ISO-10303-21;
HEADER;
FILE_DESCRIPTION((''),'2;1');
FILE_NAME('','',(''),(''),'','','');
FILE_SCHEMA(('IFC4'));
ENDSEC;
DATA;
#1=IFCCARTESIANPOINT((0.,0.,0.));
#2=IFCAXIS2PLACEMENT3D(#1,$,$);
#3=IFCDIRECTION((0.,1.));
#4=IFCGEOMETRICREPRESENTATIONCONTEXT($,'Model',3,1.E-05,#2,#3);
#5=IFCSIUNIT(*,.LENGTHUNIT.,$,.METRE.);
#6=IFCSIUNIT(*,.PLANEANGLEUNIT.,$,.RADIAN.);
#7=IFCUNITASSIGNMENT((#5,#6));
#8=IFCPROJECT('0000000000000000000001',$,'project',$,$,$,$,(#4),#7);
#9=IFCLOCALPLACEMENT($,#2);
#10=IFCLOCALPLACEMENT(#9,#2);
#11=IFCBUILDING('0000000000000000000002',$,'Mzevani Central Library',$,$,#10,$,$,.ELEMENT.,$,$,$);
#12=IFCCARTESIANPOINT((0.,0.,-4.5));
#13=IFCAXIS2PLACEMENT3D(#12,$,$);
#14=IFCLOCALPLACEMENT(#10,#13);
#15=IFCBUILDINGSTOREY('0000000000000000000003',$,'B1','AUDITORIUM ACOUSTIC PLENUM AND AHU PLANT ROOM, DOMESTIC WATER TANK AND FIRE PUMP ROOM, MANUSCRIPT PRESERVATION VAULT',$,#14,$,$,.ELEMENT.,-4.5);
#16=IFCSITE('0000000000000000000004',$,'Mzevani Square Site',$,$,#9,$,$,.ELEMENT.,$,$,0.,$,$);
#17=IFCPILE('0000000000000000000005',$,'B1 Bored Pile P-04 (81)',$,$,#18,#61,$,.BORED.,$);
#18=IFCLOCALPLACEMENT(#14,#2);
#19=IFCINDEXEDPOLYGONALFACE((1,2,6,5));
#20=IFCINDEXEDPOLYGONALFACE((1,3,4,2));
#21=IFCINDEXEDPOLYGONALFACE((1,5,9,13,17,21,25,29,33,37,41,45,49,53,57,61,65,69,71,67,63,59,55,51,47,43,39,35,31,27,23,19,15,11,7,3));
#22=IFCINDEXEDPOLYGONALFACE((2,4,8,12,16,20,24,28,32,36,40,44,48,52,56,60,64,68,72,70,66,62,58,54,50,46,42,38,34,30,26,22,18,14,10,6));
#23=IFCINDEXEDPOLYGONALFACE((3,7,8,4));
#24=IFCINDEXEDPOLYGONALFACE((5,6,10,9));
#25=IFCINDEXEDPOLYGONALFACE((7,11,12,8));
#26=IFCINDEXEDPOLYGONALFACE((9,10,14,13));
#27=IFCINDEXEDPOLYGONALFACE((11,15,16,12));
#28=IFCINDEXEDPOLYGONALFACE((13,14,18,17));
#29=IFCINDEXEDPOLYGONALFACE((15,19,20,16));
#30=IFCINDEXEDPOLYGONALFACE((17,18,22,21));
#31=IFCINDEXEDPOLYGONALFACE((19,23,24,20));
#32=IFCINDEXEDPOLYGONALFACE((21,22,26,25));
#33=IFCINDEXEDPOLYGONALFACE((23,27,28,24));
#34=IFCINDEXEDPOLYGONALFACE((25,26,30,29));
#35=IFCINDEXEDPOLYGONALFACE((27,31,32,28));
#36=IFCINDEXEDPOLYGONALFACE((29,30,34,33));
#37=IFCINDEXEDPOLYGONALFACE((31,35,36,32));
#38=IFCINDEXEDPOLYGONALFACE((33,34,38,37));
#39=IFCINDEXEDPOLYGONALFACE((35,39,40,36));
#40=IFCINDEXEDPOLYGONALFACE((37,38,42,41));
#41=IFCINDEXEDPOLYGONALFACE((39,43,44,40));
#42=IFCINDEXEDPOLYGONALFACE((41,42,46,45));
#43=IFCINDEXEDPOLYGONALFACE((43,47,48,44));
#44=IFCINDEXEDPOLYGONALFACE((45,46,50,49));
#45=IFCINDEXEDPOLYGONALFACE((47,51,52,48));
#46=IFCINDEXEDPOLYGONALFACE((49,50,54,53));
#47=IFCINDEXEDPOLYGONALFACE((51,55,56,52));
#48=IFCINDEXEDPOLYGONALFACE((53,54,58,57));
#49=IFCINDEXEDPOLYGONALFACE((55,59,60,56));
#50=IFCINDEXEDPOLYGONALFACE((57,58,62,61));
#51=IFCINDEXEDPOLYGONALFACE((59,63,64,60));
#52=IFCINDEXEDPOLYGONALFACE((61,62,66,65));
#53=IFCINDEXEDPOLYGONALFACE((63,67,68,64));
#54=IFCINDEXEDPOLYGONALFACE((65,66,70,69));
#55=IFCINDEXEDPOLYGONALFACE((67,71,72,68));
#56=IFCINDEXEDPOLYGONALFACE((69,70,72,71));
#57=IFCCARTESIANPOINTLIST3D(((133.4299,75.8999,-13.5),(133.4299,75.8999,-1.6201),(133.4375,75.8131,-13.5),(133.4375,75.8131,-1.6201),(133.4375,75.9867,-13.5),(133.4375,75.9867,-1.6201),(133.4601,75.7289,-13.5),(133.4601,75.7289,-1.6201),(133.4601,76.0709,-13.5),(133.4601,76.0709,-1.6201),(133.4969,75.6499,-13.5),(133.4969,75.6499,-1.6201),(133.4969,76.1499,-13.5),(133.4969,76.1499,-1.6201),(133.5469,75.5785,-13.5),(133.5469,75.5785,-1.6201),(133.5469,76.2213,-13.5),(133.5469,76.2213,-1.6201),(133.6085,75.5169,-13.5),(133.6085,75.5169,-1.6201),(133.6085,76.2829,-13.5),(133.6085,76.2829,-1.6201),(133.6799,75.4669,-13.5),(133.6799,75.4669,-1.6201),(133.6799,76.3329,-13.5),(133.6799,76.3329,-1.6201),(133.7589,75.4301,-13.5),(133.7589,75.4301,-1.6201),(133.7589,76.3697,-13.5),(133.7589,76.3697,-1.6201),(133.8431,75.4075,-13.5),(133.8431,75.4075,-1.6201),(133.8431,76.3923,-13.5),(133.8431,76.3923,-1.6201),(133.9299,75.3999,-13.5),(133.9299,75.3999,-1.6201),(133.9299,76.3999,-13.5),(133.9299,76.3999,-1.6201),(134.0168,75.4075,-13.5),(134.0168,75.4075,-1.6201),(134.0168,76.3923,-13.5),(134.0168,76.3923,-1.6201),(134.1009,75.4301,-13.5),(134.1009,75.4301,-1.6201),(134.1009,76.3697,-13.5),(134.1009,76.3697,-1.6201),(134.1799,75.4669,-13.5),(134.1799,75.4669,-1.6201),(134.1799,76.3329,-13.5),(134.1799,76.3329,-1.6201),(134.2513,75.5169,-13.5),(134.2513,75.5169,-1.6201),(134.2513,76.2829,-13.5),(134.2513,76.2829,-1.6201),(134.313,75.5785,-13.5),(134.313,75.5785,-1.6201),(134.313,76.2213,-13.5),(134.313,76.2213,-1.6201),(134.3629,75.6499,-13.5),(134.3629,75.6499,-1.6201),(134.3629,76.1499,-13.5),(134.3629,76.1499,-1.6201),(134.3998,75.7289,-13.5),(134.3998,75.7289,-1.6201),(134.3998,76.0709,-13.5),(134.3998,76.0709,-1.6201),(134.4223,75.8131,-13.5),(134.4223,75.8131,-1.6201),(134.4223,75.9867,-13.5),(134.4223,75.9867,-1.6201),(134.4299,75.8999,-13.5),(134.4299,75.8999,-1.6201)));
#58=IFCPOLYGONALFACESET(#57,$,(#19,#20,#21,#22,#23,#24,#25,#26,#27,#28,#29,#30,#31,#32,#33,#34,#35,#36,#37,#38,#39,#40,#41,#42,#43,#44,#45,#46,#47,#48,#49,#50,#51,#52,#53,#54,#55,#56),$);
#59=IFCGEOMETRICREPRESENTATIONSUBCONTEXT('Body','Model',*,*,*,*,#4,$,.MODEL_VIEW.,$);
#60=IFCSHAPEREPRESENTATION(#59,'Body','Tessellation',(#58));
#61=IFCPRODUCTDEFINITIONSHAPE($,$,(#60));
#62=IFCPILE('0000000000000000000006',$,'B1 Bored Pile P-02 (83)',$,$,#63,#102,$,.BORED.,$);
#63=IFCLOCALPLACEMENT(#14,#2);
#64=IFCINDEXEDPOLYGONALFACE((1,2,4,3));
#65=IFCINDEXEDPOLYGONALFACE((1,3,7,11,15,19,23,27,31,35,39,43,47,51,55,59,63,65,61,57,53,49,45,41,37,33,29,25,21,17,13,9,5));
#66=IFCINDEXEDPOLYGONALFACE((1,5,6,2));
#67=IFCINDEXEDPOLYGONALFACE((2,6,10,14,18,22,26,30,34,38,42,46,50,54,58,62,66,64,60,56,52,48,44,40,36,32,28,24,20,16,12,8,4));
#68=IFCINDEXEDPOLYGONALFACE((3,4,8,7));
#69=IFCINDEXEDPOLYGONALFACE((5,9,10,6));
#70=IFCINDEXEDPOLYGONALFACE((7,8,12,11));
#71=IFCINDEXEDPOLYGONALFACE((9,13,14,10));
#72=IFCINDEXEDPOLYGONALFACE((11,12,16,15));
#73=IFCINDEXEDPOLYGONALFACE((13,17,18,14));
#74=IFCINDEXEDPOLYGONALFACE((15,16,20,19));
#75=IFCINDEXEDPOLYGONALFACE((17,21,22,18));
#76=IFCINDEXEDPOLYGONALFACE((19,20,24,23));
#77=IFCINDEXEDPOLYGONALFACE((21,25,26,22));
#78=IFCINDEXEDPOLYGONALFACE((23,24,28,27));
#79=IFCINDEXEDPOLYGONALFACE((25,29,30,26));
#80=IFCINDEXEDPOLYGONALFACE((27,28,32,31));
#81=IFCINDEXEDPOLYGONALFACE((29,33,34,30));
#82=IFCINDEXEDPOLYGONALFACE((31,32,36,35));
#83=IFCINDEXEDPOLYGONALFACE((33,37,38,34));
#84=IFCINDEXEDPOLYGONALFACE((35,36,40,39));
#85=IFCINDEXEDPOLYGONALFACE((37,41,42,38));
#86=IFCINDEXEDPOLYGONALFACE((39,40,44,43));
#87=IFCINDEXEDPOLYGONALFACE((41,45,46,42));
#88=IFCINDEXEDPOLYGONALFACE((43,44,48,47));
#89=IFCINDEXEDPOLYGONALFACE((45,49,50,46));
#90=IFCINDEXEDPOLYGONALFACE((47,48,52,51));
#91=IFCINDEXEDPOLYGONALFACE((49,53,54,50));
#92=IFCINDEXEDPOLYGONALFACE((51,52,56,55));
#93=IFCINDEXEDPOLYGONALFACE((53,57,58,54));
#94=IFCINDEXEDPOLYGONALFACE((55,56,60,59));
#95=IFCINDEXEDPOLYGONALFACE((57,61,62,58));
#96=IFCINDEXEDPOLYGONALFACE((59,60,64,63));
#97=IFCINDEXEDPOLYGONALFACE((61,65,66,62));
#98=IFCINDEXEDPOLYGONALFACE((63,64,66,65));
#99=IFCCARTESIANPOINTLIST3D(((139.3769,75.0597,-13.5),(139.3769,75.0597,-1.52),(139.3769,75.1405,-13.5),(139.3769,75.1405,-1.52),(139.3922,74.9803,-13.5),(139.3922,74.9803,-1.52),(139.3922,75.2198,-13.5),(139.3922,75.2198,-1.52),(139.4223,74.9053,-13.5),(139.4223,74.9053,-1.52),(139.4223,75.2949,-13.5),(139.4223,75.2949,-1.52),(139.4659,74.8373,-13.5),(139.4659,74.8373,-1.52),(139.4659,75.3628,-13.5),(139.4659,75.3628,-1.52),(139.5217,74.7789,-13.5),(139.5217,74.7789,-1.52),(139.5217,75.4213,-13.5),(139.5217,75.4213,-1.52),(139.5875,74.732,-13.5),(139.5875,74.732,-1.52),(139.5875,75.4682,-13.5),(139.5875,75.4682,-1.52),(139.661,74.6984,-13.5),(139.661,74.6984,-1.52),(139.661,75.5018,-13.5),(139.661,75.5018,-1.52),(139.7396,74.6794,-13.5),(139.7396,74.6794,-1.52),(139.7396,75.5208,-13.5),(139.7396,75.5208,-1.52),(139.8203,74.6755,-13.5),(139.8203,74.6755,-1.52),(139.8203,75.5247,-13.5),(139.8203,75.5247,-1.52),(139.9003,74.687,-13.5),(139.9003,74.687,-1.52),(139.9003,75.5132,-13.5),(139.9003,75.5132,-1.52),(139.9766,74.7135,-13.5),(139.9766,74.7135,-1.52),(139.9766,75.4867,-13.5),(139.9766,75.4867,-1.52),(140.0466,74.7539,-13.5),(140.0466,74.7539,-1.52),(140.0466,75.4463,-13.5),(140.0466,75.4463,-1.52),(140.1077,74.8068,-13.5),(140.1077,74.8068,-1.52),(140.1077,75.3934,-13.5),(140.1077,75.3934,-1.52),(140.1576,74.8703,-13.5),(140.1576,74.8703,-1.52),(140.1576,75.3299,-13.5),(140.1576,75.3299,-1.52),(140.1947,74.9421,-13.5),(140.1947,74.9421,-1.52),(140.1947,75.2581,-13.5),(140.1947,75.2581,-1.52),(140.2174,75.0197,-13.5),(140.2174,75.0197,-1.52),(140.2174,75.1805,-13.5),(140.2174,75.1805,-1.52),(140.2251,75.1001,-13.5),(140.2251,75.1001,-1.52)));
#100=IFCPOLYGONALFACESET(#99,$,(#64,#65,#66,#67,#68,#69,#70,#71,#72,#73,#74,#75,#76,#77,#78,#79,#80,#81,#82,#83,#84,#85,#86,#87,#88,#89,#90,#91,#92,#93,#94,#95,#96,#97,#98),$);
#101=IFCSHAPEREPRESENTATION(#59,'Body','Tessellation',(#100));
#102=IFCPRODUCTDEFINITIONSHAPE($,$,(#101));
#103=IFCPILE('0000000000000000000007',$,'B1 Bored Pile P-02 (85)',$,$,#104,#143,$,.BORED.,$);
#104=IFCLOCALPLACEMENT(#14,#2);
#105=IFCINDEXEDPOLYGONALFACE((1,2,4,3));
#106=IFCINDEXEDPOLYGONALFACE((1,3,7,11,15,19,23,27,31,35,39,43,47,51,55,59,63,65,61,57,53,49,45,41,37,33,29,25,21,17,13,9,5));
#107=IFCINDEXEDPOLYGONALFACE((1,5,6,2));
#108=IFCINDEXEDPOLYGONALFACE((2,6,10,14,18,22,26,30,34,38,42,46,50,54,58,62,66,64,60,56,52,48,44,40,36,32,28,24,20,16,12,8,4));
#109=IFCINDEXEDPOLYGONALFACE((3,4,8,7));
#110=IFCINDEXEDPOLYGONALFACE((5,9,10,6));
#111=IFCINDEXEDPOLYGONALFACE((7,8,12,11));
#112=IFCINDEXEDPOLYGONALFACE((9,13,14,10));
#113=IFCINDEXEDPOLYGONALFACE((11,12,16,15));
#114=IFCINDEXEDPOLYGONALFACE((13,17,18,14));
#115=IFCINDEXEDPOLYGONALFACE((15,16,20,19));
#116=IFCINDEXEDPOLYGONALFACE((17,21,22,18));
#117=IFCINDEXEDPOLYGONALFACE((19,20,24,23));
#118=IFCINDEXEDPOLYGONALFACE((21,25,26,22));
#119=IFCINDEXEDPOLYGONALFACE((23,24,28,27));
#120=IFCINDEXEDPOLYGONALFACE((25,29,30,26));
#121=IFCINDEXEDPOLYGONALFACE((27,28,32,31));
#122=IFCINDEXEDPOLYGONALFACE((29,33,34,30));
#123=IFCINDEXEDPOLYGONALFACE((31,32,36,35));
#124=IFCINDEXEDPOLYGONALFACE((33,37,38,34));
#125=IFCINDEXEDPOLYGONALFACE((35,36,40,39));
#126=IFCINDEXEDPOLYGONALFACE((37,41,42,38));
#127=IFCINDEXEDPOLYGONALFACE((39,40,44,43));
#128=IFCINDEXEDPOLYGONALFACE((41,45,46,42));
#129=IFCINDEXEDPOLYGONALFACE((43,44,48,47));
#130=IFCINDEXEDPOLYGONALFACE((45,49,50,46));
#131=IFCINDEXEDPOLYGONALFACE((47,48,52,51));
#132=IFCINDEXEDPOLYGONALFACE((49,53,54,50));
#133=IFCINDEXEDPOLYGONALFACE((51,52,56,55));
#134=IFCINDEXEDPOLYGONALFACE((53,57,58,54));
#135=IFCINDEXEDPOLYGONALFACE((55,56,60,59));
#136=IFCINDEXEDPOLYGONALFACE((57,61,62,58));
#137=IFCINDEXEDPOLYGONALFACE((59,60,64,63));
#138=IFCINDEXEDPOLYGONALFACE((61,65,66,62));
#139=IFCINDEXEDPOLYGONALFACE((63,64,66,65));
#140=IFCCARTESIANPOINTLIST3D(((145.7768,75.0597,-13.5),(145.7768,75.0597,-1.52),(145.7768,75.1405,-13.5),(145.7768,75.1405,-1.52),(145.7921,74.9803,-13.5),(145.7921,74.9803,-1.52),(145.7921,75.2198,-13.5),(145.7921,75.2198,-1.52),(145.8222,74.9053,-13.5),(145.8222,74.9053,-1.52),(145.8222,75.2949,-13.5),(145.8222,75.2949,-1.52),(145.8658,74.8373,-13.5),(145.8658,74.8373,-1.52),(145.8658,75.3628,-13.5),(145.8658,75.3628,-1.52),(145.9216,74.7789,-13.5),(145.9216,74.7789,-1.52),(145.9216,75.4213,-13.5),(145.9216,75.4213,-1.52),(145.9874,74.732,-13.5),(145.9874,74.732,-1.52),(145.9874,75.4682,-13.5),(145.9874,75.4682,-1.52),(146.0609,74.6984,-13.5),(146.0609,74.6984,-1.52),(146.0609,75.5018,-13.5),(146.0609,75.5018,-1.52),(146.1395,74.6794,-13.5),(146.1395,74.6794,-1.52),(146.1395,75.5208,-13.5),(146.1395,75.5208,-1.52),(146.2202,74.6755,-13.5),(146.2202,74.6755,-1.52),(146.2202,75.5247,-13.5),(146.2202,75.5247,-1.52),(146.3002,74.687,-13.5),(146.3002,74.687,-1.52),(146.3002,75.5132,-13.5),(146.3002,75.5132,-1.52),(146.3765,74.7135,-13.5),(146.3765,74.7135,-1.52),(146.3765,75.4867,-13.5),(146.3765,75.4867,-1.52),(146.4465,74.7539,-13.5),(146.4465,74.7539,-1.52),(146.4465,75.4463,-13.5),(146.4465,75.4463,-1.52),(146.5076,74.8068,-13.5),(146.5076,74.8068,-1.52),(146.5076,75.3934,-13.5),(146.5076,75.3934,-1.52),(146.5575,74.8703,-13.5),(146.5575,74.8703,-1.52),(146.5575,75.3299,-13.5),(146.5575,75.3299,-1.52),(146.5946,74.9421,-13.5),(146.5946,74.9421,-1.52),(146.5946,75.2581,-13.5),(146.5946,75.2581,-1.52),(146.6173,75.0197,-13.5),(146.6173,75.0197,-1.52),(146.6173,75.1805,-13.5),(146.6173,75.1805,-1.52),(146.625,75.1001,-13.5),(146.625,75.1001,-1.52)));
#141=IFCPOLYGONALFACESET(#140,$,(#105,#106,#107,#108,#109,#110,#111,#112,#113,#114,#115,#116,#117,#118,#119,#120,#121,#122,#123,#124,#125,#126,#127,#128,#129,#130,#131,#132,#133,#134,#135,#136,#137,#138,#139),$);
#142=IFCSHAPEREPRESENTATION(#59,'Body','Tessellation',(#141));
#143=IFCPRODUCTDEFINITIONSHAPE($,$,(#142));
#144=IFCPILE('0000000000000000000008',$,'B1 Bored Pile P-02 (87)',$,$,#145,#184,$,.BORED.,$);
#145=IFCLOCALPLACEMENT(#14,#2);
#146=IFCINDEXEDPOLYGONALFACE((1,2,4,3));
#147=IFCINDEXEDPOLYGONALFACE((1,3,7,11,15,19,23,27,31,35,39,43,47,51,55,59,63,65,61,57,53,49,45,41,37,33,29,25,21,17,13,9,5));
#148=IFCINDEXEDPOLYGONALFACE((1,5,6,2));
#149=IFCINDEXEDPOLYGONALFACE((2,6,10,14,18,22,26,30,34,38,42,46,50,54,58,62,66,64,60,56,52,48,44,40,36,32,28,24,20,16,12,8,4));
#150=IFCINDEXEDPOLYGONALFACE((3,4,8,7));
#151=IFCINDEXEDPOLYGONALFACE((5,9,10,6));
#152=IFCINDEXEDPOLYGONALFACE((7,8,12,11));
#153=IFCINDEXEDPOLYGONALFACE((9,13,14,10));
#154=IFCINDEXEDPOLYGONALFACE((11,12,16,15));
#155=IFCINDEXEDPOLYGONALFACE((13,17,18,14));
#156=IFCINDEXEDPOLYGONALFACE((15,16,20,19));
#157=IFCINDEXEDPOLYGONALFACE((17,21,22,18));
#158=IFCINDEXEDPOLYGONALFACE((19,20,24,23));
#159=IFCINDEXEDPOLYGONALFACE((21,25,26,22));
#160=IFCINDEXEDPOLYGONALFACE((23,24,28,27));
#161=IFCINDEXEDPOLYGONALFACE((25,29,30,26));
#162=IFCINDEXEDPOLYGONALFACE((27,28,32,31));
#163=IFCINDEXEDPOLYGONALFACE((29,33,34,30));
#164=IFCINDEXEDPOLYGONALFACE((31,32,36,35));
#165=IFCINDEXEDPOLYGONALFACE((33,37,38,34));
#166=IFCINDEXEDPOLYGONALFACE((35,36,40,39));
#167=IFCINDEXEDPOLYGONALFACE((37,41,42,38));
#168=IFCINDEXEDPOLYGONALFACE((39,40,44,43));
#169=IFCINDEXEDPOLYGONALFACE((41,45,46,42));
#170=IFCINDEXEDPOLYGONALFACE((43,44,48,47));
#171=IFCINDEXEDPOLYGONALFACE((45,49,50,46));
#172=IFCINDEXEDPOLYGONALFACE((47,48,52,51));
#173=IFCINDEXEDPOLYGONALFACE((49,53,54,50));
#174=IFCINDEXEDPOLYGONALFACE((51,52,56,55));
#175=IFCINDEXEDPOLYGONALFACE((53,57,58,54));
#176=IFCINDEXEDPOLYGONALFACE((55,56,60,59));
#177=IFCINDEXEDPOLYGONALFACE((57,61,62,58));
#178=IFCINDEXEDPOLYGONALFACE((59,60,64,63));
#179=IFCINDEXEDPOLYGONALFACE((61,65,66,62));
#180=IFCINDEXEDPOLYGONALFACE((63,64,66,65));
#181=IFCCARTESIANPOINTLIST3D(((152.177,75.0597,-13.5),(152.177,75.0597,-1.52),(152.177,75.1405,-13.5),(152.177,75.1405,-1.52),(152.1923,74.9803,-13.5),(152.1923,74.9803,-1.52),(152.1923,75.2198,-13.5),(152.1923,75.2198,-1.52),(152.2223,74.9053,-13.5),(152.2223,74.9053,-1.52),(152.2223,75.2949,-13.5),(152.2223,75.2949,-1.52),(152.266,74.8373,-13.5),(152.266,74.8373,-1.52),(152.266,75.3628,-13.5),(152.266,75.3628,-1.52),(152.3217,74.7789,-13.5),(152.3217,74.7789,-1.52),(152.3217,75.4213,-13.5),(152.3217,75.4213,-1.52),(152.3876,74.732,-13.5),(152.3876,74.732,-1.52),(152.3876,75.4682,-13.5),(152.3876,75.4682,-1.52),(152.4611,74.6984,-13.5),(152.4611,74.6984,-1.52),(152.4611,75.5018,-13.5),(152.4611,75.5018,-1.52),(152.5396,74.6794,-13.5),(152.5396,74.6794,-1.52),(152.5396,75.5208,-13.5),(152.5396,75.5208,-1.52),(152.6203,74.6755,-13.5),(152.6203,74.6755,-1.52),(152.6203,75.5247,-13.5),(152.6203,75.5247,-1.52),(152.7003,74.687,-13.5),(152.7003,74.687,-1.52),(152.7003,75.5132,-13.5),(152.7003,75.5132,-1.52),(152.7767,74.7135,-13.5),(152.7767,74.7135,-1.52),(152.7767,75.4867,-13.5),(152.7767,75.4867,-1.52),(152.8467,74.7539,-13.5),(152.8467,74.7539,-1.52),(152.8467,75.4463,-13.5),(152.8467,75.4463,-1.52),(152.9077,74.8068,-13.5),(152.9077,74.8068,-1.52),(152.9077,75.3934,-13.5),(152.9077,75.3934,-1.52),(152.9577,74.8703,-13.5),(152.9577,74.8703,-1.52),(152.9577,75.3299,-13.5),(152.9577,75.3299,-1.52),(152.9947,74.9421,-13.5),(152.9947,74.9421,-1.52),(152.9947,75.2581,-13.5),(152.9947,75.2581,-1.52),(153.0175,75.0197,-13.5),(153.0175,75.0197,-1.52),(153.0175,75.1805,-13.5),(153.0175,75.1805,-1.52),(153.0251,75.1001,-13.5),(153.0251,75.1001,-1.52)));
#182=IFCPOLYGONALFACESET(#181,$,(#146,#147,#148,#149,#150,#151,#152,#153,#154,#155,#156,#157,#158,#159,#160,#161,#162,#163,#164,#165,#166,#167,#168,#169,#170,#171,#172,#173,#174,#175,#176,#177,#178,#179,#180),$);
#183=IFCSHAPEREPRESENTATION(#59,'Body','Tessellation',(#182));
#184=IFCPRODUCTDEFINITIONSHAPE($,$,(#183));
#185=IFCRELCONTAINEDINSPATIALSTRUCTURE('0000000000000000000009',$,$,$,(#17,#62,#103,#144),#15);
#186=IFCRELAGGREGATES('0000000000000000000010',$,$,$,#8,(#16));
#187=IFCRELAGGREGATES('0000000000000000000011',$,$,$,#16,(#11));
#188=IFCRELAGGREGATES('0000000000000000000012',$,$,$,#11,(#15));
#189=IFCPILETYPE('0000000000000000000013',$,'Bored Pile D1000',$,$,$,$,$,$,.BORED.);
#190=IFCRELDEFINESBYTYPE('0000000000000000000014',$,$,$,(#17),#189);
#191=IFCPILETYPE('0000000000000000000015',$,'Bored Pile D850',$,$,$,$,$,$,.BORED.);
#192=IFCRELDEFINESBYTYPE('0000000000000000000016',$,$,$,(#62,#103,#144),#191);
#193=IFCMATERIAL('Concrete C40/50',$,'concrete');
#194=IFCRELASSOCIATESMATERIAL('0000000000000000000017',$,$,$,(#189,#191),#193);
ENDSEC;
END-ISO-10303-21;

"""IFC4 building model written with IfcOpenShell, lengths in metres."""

from ifc_helpers import new_model, si_unit, direction, frame, origin, origin_2d, place, context, subcontext, project, spatial, circle, extrude, material, material_profile, profile_set, type_object, element, save


model = new_model("IFC4")

# Units and contexts
model_context = context("Model", 3, precision=1e-05, world=origin(), true_north=direction((0.0, 1.0)))
body_context = subcontext(model_context, "Body", "Model", "MODEL_VIEW")
ifc_project = project(units=[si_unit("LENGTHUNIT", "METRE"), si_unit("PLANEANGLEUNIT", "RADIAN")], contexts=[model_context])

# Site, building, storey
site_placement = place(None, origin())
site = spatial("IfcSite", under=ifc_project, at=site_placement, Name="Mzevani Square Site", CompositionType="ELEMENT", RefElevation=0.0)
building_placement = place(site_placement, origin())
building = spatial("IfcBuilding", under=site, at=building_placement, Name="Mzevani Central Library", CompositionType="ELEMENT")
storey_placement = place(building_placement, frame((0.0, 0.0, -4.5)))
storey = spatial("IfcBuildingStorey", under=building, at=storey_placement, Name="B1", Description="AUDITORIUM ACOUSTIC PLENUM AND AHU PLANT ROOM, DOMESTIC WATER TANK AND FIRE PUMP ROOM, MANUSCRIPT PRESERVATION VAULT", CompositionType="ELEMENT", Elevation=-4.5)

# Piles
ifc_material_1 = material(Name="Concrete C40/50", Category="concrete")
ifc_material_profile_1 = material_profile(ifc_material_1, circle(Radius=0.5, at=origin_2d()), Name="PILE D1000")
ifc_profile_set_1 = profile_set([ifc_material_profile_1], Name="Concrete C40/50")
pile_type_1 = type_object("IfcPileType", Name="Bored Pile D1000", PredefinedType="BORED", material=ifc_profile_set_1)
pile_placement = place(storey_placement, frame((133.9299, 75.8999, -1.6201), z_axis=(0.0, 0.0, -1.0), x_axis=(1.0, 0.0, 0.0)))
element("IfcPile", 1, at=pile_placement, inside=storey, type_object=pile_type_1, Name="B1 Bored Pile P-04 (81)", PredefinedType="BORED", context=body_context, shape_type="SweptSolid", body=[
    extrude(circle(Radius=0.5, at=origin_2d()), origin(), (0.0, 0.0, 1.0), 11.8799),
])
ifc_material_profile_2 = material_profile(ifc_material_1, circle(Radius=0.425, at=origin_2d()), Name="PILE D850")
ifc_profile_set_2 = profile_set([ifc_material_profile_2], Name="Concrete C40/50")
pile_type_2 = type_object("IfcPileType", Name="Bored Pile D850", PredefinedType="BORED", material=ifc_profile_set_2)
for number, where, z_axis, x_axis, name in (
    (2, (139.8, 75.1001, -1.52), (0.0, 0.0, -1.0), (1.0, 0.0, 0.0), "B1 Bored Pile P-02 (83)"),
    (3, (146.2, 75.1001, -1.52), (0.0, 0.0, -1.0), (1.0, 0.0, 0.0), "B1 Bored Pile P-02 (85)"),
    (4, (152.6001, 75.1001, -1.52), (0.0, 0.0, -1.0), (1.0, 0.0, 0.0), "B1 Bored Pile P-02 (87)"),
):
    element("IfcPile", number, at=place(storey_placement, frame(where, z_axis=z_axis, x_axis=x_axis)), inside=storey, type_object=pile_type_2, Name=name, PredefinedType="BORED", context=body_context, shape_type="SweptSolid", body=[
        extrude(circle(Radius=0.425, at=origin_2d()), origin(), (0.0, 0.0, 1.0), 11.98),
    ])

save(model, "model.ifc")
